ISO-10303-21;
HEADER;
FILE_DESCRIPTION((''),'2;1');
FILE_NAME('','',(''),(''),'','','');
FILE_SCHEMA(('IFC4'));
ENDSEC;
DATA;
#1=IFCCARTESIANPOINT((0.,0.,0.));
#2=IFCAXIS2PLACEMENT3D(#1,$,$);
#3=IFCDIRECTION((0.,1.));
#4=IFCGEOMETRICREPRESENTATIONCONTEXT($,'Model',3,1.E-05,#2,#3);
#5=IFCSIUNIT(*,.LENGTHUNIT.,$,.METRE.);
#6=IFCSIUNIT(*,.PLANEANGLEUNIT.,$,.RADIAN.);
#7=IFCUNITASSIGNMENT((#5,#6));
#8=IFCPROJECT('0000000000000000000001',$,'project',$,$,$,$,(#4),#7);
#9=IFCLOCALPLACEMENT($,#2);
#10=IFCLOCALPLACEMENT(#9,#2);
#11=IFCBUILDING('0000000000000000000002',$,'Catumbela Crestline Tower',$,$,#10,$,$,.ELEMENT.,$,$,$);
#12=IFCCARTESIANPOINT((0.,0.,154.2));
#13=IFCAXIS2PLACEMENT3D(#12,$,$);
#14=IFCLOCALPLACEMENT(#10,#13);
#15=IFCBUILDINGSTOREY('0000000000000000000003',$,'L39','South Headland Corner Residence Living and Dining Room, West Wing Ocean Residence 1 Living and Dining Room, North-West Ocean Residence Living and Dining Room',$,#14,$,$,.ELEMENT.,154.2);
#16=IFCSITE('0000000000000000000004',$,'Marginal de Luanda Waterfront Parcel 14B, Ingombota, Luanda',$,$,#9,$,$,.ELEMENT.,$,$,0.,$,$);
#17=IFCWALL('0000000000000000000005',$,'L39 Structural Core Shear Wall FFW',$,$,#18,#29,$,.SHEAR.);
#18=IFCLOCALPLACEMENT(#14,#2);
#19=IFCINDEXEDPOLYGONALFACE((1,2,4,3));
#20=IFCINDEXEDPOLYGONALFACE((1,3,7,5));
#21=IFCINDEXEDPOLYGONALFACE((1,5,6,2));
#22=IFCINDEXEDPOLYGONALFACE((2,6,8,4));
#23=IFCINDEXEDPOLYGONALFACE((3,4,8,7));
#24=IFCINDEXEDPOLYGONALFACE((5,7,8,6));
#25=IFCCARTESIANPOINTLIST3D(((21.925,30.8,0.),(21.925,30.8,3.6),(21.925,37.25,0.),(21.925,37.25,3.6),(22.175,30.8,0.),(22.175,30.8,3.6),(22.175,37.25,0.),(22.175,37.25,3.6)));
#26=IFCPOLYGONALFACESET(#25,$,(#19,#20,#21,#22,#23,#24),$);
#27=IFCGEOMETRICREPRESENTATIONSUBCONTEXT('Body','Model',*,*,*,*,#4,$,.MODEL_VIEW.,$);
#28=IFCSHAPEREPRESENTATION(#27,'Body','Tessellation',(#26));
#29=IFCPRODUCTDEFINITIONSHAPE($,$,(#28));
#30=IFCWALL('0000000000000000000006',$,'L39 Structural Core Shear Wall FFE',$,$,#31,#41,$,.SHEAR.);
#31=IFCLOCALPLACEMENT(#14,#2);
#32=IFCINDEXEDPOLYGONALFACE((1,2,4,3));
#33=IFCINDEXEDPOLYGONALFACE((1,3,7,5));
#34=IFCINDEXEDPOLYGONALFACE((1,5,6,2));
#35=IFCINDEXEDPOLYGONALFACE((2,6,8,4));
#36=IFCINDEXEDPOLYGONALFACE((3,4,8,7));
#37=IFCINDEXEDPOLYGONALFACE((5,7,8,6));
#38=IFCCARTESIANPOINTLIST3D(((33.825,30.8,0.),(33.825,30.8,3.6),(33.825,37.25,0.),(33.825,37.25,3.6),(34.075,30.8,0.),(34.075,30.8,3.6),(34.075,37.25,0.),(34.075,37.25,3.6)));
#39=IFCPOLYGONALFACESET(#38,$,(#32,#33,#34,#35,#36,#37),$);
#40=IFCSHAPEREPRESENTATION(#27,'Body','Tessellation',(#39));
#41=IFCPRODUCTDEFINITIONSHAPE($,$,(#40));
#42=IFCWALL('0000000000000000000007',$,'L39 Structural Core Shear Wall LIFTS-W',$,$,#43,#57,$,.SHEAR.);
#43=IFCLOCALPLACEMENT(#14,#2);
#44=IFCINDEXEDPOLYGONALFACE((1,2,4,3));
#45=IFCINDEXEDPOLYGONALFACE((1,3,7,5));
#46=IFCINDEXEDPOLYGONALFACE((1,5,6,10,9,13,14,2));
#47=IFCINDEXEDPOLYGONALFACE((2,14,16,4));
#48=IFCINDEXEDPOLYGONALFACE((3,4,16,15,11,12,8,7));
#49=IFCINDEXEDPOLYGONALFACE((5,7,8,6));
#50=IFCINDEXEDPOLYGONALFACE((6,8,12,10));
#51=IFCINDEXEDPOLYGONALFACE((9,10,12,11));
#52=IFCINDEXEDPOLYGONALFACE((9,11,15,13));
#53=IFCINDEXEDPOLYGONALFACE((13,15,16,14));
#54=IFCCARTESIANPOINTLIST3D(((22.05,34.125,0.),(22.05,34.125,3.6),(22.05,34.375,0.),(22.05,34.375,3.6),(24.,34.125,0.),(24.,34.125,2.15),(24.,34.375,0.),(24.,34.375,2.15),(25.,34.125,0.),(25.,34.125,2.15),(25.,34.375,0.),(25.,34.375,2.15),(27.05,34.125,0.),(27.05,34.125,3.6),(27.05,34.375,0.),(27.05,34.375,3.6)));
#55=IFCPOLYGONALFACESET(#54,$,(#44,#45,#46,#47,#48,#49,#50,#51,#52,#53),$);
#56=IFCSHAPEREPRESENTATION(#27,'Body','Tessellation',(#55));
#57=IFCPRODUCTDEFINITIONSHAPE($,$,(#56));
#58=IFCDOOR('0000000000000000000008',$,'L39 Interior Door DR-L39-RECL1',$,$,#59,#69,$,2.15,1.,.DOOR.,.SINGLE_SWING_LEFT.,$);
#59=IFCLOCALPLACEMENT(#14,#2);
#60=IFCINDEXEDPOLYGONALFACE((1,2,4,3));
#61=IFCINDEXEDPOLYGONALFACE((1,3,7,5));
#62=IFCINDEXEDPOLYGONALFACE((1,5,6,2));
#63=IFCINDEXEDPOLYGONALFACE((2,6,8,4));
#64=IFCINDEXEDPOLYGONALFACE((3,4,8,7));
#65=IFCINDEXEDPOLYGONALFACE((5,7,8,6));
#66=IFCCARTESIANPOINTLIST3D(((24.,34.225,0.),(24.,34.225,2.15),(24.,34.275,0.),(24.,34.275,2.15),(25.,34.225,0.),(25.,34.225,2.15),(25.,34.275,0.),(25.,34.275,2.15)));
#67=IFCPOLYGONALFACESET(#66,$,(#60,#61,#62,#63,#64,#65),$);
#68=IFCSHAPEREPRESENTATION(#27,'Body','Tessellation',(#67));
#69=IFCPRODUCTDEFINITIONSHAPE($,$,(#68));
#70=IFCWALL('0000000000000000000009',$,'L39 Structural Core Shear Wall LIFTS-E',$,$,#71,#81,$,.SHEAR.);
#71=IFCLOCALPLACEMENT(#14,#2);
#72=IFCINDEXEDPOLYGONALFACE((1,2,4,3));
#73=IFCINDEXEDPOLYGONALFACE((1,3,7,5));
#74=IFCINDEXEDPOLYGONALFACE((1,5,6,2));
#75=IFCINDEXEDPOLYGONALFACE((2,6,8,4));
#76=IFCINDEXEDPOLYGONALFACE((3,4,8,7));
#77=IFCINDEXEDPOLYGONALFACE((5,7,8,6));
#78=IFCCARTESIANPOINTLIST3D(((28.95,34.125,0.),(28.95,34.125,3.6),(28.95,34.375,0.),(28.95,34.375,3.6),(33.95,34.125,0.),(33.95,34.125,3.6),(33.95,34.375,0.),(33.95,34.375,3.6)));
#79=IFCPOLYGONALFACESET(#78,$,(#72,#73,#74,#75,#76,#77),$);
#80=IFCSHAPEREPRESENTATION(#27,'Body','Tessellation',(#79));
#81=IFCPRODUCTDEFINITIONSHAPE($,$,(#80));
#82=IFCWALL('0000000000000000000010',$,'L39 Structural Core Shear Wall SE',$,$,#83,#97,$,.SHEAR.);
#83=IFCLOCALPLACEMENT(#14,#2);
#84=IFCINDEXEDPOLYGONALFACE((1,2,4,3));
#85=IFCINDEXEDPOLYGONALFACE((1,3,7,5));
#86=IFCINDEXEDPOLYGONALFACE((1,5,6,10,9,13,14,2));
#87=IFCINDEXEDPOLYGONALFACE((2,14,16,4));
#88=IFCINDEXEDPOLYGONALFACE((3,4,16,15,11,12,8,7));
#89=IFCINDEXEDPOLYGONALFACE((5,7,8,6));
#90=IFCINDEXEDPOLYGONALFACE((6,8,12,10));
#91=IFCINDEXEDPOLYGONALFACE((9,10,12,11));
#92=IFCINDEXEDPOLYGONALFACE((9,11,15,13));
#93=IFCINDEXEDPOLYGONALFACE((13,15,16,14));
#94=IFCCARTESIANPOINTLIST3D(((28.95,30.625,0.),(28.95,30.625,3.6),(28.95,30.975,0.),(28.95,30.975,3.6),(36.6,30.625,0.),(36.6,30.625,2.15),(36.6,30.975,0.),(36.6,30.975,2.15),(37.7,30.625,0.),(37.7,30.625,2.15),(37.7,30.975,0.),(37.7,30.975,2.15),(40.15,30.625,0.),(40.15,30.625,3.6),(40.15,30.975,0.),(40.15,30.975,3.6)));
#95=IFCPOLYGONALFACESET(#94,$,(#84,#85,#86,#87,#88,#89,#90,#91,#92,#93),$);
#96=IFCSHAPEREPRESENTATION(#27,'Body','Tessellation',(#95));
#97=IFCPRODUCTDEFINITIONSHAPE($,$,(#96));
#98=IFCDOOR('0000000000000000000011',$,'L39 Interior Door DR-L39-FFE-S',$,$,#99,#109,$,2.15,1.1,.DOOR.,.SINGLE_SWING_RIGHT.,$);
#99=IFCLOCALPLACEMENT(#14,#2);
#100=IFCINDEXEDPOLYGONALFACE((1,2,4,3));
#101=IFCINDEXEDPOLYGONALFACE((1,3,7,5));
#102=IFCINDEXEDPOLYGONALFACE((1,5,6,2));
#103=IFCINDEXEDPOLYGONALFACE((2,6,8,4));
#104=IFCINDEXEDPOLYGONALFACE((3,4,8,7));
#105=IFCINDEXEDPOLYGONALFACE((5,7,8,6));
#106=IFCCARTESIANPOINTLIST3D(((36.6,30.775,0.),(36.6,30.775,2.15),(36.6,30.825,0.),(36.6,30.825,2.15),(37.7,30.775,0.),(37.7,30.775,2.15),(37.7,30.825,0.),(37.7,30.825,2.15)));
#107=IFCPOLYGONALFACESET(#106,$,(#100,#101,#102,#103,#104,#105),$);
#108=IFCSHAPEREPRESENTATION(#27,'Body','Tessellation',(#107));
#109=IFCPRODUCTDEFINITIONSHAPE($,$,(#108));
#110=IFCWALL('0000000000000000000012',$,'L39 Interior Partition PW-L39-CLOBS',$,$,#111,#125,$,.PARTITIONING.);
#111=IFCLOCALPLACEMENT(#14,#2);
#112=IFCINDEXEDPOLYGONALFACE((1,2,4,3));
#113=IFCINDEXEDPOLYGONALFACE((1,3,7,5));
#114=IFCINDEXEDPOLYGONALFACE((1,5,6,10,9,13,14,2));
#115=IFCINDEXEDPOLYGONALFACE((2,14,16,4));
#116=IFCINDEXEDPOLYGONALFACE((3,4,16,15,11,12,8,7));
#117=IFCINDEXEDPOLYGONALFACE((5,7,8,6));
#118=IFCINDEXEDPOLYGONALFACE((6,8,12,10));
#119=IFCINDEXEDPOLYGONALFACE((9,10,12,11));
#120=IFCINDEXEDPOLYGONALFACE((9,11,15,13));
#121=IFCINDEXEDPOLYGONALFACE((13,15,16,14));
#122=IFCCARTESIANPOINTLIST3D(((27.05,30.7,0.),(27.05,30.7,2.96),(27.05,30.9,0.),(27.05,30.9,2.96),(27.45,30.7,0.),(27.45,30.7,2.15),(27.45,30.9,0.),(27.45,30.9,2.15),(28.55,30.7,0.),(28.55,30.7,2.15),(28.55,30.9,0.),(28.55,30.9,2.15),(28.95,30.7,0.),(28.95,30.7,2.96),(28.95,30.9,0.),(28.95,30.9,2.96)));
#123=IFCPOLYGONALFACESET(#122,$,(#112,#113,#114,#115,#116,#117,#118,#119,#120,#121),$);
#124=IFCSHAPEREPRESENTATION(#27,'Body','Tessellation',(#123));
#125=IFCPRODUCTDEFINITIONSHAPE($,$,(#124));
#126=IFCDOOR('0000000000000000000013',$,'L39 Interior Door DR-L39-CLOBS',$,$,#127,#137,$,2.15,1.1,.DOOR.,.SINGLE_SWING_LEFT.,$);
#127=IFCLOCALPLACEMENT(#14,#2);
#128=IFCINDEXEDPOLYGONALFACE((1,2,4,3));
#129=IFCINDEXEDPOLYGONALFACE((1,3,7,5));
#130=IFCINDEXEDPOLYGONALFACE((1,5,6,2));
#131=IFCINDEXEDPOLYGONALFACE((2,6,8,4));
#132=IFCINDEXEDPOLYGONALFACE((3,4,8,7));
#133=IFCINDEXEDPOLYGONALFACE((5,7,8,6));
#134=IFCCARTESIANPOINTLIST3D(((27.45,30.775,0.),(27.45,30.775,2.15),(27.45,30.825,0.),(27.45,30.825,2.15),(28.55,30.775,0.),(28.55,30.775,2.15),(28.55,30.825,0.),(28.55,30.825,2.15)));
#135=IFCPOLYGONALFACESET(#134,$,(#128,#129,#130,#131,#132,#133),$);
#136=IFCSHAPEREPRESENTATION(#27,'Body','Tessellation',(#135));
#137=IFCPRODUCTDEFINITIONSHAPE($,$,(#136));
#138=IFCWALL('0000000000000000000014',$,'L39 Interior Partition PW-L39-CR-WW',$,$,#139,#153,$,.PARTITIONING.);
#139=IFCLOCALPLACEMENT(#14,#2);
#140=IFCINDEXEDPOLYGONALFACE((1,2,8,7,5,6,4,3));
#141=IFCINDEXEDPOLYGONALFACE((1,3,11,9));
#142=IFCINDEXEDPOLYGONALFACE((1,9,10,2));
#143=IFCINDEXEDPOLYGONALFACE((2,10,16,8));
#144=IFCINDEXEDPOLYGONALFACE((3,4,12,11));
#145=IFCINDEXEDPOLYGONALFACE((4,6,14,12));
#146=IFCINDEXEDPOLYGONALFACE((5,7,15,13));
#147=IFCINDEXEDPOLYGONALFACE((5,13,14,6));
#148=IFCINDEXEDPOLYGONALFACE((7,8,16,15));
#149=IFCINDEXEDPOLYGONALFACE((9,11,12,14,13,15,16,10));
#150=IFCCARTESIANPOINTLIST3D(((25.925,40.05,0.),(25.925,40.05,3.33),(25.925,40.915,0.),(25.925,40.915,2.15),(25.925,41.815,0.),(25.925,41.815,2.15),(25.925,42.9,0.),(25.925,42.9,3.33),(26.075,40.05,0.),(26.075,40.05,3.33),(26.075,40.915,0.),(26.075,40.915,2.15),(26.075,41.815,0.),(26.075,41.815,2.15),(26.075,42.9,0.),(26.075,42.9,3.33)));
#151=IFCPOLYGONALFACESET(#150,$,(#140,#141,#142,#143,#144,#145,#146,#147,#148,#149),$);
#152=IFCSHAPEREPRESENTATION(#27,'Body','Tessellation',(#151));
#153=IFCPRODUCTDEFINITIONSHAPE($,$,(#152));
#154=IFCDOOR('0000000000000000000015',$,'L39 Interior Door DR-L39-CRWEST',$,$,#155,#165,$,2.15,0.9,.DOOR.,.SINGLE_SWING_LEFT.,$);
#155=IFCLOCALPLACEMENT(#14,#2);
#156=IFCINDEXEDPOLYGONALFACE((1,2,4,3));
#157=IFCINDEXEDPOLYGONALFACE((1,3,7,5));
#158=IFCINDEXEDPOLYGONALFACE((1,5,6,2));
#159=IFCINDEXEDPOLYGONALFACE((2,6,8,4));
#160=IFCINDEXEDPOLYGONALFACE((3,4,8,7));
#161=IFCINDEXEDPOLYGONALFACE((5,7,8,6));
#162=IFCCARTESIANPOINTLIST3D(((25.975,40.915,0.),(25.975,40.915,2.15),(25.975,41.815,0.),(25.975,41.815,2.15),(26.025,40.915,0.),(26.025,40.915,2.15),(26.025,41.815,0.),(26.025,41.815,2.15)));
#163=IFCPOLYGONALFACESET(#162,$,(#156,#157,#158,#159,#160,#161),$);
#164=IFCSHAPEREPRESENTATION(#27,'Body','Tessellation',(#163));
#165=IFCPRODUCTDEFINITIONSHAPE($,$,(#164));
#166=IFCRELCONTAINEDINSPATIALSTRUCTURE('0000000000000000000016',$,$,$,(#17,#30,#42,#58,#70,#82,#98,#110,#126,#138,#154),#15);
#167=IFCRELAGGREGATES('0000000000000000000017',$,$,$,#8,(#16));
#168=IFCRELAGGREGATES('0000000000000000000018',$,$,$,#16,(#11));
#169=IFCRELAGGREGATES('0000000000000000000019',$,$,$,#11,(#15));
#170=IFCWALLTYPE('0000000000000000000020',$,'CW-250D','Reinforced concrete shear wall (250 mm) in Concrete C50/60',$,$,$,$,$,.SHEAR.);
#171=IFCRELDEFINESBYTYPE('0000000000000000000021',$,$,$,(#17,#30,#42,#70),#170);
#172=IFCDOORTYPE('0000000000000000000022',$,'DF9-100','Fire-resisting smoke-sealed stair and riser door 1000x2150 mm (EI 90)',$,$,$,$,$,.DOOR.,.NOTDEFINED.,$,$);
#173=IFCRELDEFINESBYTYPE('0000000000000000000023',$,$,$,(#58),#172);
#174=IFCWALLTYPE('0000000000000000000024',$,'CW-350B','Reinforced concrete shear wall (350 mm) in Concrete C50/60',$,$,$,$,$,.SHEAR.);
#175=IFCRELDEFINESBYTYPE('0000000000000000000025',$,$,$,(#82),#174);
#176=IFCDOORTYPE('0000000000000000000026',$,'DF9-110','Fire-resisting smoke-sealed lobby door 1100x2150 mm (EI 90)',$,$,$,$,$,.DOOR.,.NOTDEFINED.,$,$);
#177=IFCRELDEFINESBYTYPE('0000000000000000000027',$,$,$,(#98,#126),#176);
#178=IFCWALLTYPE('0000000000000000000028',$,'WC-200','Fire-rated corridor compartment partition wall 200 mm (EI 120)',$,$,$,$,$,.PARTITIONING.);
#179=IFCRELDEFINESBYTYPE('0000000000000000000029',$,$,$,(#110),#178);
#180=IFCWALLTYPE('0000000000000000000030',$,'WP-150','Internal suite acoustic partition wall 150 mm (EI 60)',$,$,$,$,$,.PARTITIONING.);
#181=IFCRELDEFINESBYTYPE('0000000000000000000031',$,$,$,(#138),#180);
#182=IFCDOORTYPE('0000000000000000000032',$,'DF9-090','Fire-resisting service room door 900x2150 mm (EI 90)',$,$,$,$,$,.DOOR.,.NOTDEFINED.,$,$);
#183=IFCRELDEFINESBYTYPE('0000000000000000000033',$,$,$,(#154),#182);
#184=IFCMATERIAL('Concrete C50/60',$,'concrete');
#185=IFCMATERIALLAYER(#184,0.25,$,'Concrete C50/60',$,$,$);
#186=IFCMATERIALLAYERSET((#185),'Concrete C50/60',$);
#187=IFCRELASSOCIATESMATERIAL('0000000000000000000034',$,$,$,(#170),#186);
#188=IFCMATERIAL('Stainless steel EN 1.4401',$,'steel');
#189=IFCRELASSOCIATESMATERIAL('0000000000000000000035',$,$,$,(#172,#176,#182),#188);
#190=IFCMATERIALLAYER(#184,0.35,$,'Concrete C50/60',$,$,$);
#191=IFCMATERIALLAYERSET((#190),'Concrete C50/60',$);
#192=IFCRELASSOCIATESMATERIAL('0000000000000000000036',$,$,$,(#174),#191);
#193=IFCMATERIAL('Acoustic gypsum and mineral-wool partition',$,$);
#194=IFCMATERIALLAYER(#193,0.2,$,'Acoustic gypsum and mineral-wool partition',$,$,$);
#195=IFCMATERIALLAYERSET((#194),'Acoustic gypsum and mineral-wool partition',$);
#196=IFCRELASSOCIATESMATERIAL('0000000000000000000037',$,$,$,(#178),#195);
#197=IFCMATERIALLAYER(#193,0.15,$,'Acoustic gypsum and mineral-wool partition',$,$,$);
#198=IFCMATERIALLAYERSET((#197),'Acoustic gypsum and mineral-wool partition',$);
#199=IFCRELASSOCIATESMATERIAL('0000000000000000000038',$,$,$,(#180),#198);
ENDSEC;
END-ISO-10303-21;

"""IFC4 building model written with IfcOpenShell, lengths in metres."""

from ifc_helpers import new_model, si_unit, direction, frame, frame_2d, origin, place, context, subcontext, project, spatial, rectangle, extrude, material, layer, layer_set, type_object, element, fill, save


model = new_model("IFC4")

# Units and contexts
model_context = context("Model", 3, precision=1e-05, world=origin(), true_north=direction((0.0, 1.0)))
body_context = subcontext(model_context, "Body", "Model", "MODEL_VIEW")
ifc_project = project(units=[si_unit("LENGTHUNIT", "METRE"), si_unit("PLANEANGLEUNIT", "RADIAN")], contexts=[model_context])

# Site, building, storey
site_placement = place(None, origin())
site = spatial("IfcSite", under=ifc_project, at=site_placement, Name="Marginal de Luanda Waterfront Parcel 14B, Ingombota, Luanda", CompositionType="ELEMENT", RefElevation=0.0)
building_placement = place(site_placement, origin())
building = spatial("IfcBuilding", under=site, at=building_placement, Name="Catumbela Crestline Tower", CompositionType="ELEMENT")
storey_placement = place(building_placement, frame((0.0, 0.0, 154.2)))
storey = spatial("IfcBuildingStorey", under=building, at=storey_placement, Name="L39", Description="South Headland Corner Residence Living and Dining Room, West Wing Ocean Residence 1 Living and Dining Room, North-West Ocean Residence Living and Dining Room", CompositionType="ELEMENT", Elevation=154.2)

# Walls
ifc_material_1 = material(Name="Concrete C50/60", Category="concrete")
ifc_layer_1 = layer(ifc_material_1, 0.25, Name="Concrete C50/60")
ifc_layer_set_1 = layer_set([ifc_layer_1], Name="Concrete C50/60")
wall_type_1 = type_object("IfcWallType", Name="CW-250D", Description="Reinforced concrete shear wall (250 mm) in Concrete C50/60", PredefinedType="SHEAR", material=ifc_layer_set_1)
for number, where, z_axis, x_axis, name in (
    (1, (22.05, 30.8, 0.0), (0.0, 0.0, 1.0), (0.0, 1.0, 0.0), "L39 Structural Core Shear Wall FFW"),
    (2, (33.95, 30.8, 0.0), (0.0, 0.0, 1.0), (0.0, 1.0, 0.0), "L39 Structural Core Shear Wall FFE"),
):
    element("IfcWall", number, at=place(storey_placement, frame(where, z_axis=z_axis, x_axis=x_axis)), inside=storey, type_object=wall_type_1, Name=name, PredefinedType="SHEAR", context=body_context, shape_type="SweptSolid", body=[
        extrude(rectangle(XDim=6.45, YDim=0.25, at=frame_2d((3.225, 0.0))), origin(), (0.0, 0.0, 1.0), 3.6),
    ])

# Wall, opening, door
wall_1_placement = place(storey_placement, frame((22.05, 34.25, 0.0), z_axis=(0.0, 0.0, 1.0), x_axis=(1.0, 0.0, 0.0)))
wall_1 = element("IfcWall", 3, at=wall_1_placement, inside=storey, type_object=wall_type_1, Name="L39 Structural Core Shear Wall LIFTS-W", PredefinedType="SHEAR", context=body_context, shape_type="SweptSolid", body=[
    extrude(rectangle(XDim=5.0, YDim=0.25, at=frame_2d((2.5, 0.0))), origin(), (0.0, 0.0, 1.0), 3.6),
])
opening_1_placement = place(wall_1_placement, frame((1.95, 0.0, 0.0)))
opening_1 = element("IfcOpeningElement", 4, at=opening_1_placement, cuts=wall_1, PredefinedType="OPENING", context=body_context, shape_type="SweptSolid", body=[
    extrude(rectangle(XDim=1.0, YDim=2.15, at=frame_2d((0.5, 1.075))), frame((0.0, 0.135, 0.0), z_axis=(0.0, -1.0, 0.0), x_axis=(1.0, 0.0, 0.0)), (0.0, 0.0, 1.0), 0.27),
])
ifc_material_2 = material(Name="Stainless steel EN 1.4401", Category="steel")
door_type_1 = type_object("IfcDoorType", Name="DF9-100", Description="Fire-resisting smoke-sealed stair and riser door 1000x2150 mm (EI 90)", OperationType="NOTDEFINED", PredefinedType="DOOR", material=ifc_material_2)
door_1_placement = place(opening_1_placement, origin())
door_1 = element("IfcDoor", 5, at=door_1_placement, inside=storey, type_object=door_type_1, Name="L39 Interior Door DR-L39-RECL1", OperationType="SINGLE_SWING_LEFT", OverallHeight=2.15, OverallWidth=1.0, PredefinedType="DOOR", context=body_context, shape_type="SweptSolid", body=[
    extrude(rectangle(XDim=1.0, YDim=2.15, at=frame_2d((0.5, 1.075))), frame((0.0, 0.025, 0.0), z_axis=(0.0, -1.0, 0.0), x_axis=(1.0, 0.0, 0.0)), (0.0, 0.0, 1.0), 0.05),
])
fill(opening_1, door_1)

# Wall
wall_2_placement = place(storey_placement, frame((28.95, 34.25, 0.0), z_axis=(0.0, 0.0, 1.0), x_axis=(1.0, 0.0, 0.0)))
element("IfcWall", 6, at=wall_2_placement, inside=storey, type_object=wall_type_1, Name="L39 Structural Core Shear Wall LIFTS-E", PredefinedType="SHEAR", context=body_context, shape_type="SweptSolid", body=[
    extrude(rectangle(XDim=5.0, YDim=0.25, at=frame_2d((2.5, 0.0))), origin(), (0.0, 0.0, 1.0), 3.6),
])

# Walls, openings, doors
ifc_layer_2 = layer(ifc_material_1, 0.35, Name="Concrete C50/60")
ifc_layer_set_2 = layer_set([ifc_layer_2], Name="Concrete C50/60")
wall_type_2 = type_object("IfcWallType", Name="CW-350B", Description="Reinforced concrete shear wall (350 mm) in Concrete C50/60", PredefinedType="SHEAR", material=ifc_layer_set_2)
wall_3_placement = place(storey_placement, frame((28.95, 30.8, 0.0), z_axis=(0.0, 0.0, 1.0), x_axis=(1.0, 0.0, 0.0)))
wall_3 = element("IfcWall", 7, at=wall_3_placement, inside=storey, type_object=wall_type_2, Name="L39 Structural Core Shear Wall SE", PredefinedType="SHEAR", context=body_context, shape_type="SweptSolid", body=[
    extrude(rectangle(XDim=11.2, YDim=0.35, at=frame_2d((5.6, 0.0))), origin(), (0.0, 0.0, 1.0), 3.6),
])
opening_2_placement = place(wall_3_placement, frame((7.65, 0.0, 0.0)))
opening_2 = element("IfcOpeningElement", 8, at=opening_2_placement, cuts=wall_3, PredefinedType="OPENING", context=body_context, shape_type="SweptSolid", body=[
    extrude(rectangle(XDim=1.1, YDim=2.15, at=frame_2d((0.55, 1.075))), frame((0.0, 0.185, 0.0), z_axis=(0.0, -1.0, 0.0), x_axis=(1.0, 0.0, 0.0)), (0.0, 0.0, 1.0), 0.37),
])
door_type_2 = type_object("IfcDoorType", Name="DF9-110", Description="Fire-resisting smoke-sealed lobby door 1100x2150 mm (EI 90)", OperationType="NOTDEFINED", PredefinedType="DOOR", material=ifc_material_2)
door_2_placement = place(opening_2_placement, origin())
door_2 = element("IfcDoor", 9, at=door_2_placement, inside=storey, type_object=door_type_2, Name="L39 Interior Door DR-L39-FFE-S", OperationType="SINGLE_SWING_RIGHT", OverallHeight=2.15, OverallWidth=1.1, PredefinedType="DOOR", context=body_context, shape_type="SweptSolid", body=[
    extrude(rectangle(XDim=1.1, YDim=2.15, at=frame_2d((0.55, 1.075))), frame((0.0, 0.025, 0.0), z_axis=(0.0, -1.0, 0.0), x_axis=(1.0, 0.0, 0.0)), (0.0, 0.0, 1.0), 0.05),
])
fill(opening_2, door_2)
ifc_material_3 = material(Name="Acoustic gypsum and mineral-wool partition")
ifc_layer_3 = layer(ifc_material_3, 0.2, Name="Acoustic gypsum and mineral-wool partition")
ifc_layer_set_3 = layer_set([ifc_layer_3], Name="Acoustic gypsum and mineral-wool partition")
wall_type_3 = type_object("IfcWallType", Name="WC-200", Description="Fire-rated corridor compartment partition wall 200 mm (EI 120)", PredefinedType="PARTITIONING", material=ifc_layer_set_3)
wall_4_placement = place(storey_placement, frame((27.05, 30.8, 0.0), z_axis=(0.0, 0.0, 1.0), x_axis=(1.0, 0.0, 0.0)))
wall_4 = element("IfcWall", 10, at=wall_4_placement, inside=storey, type_object=wall_type_3, Name="L39 Interior Partition PW-L39-CLOBS", PredefinedType="PARTITIONING", context=body_context, shape_type="SweptSolid", body=[
    extrude(rectangle(XDim=1.9, YDim=0.2, at=frame_2d((0.95, 0.0))), origin(), (0.0, 0.0, 1.0), 2.96),
])
opening_3_placement = place(wall_4_placement, frame((0.4, 0.0, 0.0)))
opening_3 = element("IfcOpeningElement", 11, at=opening_3_placement, cuts=wall_4, PredefinedType="OPENING", context=body_context, shape_type="SweptSolid", body=[
    extrude(rectangle(XDim=1.1, YDim=2.15, at=frame_2d((0.55, 1.075))), frame((0.0, 0.11, 0.0), z_axis=(0.0, -1.0, 0.0), x_axis=(1.0, 0.0, 0.0)), (0.0, 0.0, 1.0), 0.22),
])
door_3_placement = place(opening_3_placement, origin())
door_3 = element("IfcDoor", 12, at=door_3_placement, inside=storey, type_object=door_type_2, Name="L39 Interior Door DR-L39-CLOBS", OperationType="SINGLE_SWING_LEFT", OverallHeight=2.15, OverallWidth=1.1, PredefinedType="DOOR", context=body_context, shape_type="SweptSolid", body=[
    extrude(rectangle(XDim=1.1, YDim=2.15, at=frame_2d((0.55, 1.075))), frame((0.0, 0.025, 0.0), z_axis=(0.0, -1.0, 0.0), x_axis=(1.0, 0.0, 0.0)), (0.0, 0.0, 1.0), 0.05),
])
fill(opening_3, door_3)
ifc_layer_4 = layer(ifc_material_3, 0.15, Name="Acoustic gypsum and mineral-wool partition")
ifc_layer_set_4 = layer_set([ifc_layer_4], Name="Acoustic gypsum and mineral-wool partition")
wall_type_4 = type_object("IfcWallType", Name="WP-150", Description="Internal suite acoustic partition wall 150 mm (EI 60)", PredefinedType="PARTITIONING", material=ifc_layer_set_4)
wall_5_placement = place(storey_placement, frame((26.0, 40.05, 0.0), z_axis=(0.0, 0.0, 1.0), x_axis=(0.0, 1.0, 0.0)))
wall_5 = element("IfcWall", 13, at=wall_5_placement, inside=storey, type_object=wall_type_4, Name="L39 Interior Partition PW-L39-CR-WW", PredefinedType="PARTITIONING", context=body_context, shape_type="SweptSolid", body=[
    extrude(rectangle(XDim=2.85, YDim=0.15, at=frame_2d((1.425, 0.0))), origin(), (0.0, 0.0, 1.0), 3.33),
])
opening_4_placement = place(wall_5_placement, frame((0.865, 0.0, 0.0)))
opening_4 = element("IfcOpeningElement", 14, at=opening_4_placement, cuts=wall_5, PredefinedType="OPENING", context=body_context, shape_type="SweptSolid", body=[
    extrude(rectangle(XDim=0.9, YDim=2.15, at=frame_2d((0.45, 1.075))), frame((0.0, 0.085, 0.0), z_axis=(0.0, -1.0, 0.0), x_axis=(1.0, 0.0, 0.0)), (0.0, 0.0, 1.0), 0.17),
])
door_type_3 = type_object("IfcDoorType", Name="DF9-090", Description="Fire-resisting service room door 900x2150 mm (EI 90)", OperationType="NOTDEFINED", PredefinedType="DOOR", material=ifc_material_2)
door_4_placement = place(opening_4_placement, origin())
door_4 = element("IfcDoor", 15, at=door_4_placement, inside=storey, type_object=door_type_3, Name="L39 Interior Door DR-L39-CRWEST", OperationType="SINGLE_SWING_LEFT", OverallHeight=2.15, OverallWidth=0.9, PredefinedType="DOOR", context=body_context, shape_type="SweptSolid", body=[
    extrude(rectangle(XDim=0.9, YDim=2.15, at=frame_2d((0.45, 1.075))), frame((0.0, 0.025, 0.0), z_axis=(0.0, -1.0, 0.0), x_axis=(1.0, 0.0, 0.0)), (0.0, 0.0, 1.0), 0.05),
])
fill(opening_4, door_4)

save(model, "model.ifc")
